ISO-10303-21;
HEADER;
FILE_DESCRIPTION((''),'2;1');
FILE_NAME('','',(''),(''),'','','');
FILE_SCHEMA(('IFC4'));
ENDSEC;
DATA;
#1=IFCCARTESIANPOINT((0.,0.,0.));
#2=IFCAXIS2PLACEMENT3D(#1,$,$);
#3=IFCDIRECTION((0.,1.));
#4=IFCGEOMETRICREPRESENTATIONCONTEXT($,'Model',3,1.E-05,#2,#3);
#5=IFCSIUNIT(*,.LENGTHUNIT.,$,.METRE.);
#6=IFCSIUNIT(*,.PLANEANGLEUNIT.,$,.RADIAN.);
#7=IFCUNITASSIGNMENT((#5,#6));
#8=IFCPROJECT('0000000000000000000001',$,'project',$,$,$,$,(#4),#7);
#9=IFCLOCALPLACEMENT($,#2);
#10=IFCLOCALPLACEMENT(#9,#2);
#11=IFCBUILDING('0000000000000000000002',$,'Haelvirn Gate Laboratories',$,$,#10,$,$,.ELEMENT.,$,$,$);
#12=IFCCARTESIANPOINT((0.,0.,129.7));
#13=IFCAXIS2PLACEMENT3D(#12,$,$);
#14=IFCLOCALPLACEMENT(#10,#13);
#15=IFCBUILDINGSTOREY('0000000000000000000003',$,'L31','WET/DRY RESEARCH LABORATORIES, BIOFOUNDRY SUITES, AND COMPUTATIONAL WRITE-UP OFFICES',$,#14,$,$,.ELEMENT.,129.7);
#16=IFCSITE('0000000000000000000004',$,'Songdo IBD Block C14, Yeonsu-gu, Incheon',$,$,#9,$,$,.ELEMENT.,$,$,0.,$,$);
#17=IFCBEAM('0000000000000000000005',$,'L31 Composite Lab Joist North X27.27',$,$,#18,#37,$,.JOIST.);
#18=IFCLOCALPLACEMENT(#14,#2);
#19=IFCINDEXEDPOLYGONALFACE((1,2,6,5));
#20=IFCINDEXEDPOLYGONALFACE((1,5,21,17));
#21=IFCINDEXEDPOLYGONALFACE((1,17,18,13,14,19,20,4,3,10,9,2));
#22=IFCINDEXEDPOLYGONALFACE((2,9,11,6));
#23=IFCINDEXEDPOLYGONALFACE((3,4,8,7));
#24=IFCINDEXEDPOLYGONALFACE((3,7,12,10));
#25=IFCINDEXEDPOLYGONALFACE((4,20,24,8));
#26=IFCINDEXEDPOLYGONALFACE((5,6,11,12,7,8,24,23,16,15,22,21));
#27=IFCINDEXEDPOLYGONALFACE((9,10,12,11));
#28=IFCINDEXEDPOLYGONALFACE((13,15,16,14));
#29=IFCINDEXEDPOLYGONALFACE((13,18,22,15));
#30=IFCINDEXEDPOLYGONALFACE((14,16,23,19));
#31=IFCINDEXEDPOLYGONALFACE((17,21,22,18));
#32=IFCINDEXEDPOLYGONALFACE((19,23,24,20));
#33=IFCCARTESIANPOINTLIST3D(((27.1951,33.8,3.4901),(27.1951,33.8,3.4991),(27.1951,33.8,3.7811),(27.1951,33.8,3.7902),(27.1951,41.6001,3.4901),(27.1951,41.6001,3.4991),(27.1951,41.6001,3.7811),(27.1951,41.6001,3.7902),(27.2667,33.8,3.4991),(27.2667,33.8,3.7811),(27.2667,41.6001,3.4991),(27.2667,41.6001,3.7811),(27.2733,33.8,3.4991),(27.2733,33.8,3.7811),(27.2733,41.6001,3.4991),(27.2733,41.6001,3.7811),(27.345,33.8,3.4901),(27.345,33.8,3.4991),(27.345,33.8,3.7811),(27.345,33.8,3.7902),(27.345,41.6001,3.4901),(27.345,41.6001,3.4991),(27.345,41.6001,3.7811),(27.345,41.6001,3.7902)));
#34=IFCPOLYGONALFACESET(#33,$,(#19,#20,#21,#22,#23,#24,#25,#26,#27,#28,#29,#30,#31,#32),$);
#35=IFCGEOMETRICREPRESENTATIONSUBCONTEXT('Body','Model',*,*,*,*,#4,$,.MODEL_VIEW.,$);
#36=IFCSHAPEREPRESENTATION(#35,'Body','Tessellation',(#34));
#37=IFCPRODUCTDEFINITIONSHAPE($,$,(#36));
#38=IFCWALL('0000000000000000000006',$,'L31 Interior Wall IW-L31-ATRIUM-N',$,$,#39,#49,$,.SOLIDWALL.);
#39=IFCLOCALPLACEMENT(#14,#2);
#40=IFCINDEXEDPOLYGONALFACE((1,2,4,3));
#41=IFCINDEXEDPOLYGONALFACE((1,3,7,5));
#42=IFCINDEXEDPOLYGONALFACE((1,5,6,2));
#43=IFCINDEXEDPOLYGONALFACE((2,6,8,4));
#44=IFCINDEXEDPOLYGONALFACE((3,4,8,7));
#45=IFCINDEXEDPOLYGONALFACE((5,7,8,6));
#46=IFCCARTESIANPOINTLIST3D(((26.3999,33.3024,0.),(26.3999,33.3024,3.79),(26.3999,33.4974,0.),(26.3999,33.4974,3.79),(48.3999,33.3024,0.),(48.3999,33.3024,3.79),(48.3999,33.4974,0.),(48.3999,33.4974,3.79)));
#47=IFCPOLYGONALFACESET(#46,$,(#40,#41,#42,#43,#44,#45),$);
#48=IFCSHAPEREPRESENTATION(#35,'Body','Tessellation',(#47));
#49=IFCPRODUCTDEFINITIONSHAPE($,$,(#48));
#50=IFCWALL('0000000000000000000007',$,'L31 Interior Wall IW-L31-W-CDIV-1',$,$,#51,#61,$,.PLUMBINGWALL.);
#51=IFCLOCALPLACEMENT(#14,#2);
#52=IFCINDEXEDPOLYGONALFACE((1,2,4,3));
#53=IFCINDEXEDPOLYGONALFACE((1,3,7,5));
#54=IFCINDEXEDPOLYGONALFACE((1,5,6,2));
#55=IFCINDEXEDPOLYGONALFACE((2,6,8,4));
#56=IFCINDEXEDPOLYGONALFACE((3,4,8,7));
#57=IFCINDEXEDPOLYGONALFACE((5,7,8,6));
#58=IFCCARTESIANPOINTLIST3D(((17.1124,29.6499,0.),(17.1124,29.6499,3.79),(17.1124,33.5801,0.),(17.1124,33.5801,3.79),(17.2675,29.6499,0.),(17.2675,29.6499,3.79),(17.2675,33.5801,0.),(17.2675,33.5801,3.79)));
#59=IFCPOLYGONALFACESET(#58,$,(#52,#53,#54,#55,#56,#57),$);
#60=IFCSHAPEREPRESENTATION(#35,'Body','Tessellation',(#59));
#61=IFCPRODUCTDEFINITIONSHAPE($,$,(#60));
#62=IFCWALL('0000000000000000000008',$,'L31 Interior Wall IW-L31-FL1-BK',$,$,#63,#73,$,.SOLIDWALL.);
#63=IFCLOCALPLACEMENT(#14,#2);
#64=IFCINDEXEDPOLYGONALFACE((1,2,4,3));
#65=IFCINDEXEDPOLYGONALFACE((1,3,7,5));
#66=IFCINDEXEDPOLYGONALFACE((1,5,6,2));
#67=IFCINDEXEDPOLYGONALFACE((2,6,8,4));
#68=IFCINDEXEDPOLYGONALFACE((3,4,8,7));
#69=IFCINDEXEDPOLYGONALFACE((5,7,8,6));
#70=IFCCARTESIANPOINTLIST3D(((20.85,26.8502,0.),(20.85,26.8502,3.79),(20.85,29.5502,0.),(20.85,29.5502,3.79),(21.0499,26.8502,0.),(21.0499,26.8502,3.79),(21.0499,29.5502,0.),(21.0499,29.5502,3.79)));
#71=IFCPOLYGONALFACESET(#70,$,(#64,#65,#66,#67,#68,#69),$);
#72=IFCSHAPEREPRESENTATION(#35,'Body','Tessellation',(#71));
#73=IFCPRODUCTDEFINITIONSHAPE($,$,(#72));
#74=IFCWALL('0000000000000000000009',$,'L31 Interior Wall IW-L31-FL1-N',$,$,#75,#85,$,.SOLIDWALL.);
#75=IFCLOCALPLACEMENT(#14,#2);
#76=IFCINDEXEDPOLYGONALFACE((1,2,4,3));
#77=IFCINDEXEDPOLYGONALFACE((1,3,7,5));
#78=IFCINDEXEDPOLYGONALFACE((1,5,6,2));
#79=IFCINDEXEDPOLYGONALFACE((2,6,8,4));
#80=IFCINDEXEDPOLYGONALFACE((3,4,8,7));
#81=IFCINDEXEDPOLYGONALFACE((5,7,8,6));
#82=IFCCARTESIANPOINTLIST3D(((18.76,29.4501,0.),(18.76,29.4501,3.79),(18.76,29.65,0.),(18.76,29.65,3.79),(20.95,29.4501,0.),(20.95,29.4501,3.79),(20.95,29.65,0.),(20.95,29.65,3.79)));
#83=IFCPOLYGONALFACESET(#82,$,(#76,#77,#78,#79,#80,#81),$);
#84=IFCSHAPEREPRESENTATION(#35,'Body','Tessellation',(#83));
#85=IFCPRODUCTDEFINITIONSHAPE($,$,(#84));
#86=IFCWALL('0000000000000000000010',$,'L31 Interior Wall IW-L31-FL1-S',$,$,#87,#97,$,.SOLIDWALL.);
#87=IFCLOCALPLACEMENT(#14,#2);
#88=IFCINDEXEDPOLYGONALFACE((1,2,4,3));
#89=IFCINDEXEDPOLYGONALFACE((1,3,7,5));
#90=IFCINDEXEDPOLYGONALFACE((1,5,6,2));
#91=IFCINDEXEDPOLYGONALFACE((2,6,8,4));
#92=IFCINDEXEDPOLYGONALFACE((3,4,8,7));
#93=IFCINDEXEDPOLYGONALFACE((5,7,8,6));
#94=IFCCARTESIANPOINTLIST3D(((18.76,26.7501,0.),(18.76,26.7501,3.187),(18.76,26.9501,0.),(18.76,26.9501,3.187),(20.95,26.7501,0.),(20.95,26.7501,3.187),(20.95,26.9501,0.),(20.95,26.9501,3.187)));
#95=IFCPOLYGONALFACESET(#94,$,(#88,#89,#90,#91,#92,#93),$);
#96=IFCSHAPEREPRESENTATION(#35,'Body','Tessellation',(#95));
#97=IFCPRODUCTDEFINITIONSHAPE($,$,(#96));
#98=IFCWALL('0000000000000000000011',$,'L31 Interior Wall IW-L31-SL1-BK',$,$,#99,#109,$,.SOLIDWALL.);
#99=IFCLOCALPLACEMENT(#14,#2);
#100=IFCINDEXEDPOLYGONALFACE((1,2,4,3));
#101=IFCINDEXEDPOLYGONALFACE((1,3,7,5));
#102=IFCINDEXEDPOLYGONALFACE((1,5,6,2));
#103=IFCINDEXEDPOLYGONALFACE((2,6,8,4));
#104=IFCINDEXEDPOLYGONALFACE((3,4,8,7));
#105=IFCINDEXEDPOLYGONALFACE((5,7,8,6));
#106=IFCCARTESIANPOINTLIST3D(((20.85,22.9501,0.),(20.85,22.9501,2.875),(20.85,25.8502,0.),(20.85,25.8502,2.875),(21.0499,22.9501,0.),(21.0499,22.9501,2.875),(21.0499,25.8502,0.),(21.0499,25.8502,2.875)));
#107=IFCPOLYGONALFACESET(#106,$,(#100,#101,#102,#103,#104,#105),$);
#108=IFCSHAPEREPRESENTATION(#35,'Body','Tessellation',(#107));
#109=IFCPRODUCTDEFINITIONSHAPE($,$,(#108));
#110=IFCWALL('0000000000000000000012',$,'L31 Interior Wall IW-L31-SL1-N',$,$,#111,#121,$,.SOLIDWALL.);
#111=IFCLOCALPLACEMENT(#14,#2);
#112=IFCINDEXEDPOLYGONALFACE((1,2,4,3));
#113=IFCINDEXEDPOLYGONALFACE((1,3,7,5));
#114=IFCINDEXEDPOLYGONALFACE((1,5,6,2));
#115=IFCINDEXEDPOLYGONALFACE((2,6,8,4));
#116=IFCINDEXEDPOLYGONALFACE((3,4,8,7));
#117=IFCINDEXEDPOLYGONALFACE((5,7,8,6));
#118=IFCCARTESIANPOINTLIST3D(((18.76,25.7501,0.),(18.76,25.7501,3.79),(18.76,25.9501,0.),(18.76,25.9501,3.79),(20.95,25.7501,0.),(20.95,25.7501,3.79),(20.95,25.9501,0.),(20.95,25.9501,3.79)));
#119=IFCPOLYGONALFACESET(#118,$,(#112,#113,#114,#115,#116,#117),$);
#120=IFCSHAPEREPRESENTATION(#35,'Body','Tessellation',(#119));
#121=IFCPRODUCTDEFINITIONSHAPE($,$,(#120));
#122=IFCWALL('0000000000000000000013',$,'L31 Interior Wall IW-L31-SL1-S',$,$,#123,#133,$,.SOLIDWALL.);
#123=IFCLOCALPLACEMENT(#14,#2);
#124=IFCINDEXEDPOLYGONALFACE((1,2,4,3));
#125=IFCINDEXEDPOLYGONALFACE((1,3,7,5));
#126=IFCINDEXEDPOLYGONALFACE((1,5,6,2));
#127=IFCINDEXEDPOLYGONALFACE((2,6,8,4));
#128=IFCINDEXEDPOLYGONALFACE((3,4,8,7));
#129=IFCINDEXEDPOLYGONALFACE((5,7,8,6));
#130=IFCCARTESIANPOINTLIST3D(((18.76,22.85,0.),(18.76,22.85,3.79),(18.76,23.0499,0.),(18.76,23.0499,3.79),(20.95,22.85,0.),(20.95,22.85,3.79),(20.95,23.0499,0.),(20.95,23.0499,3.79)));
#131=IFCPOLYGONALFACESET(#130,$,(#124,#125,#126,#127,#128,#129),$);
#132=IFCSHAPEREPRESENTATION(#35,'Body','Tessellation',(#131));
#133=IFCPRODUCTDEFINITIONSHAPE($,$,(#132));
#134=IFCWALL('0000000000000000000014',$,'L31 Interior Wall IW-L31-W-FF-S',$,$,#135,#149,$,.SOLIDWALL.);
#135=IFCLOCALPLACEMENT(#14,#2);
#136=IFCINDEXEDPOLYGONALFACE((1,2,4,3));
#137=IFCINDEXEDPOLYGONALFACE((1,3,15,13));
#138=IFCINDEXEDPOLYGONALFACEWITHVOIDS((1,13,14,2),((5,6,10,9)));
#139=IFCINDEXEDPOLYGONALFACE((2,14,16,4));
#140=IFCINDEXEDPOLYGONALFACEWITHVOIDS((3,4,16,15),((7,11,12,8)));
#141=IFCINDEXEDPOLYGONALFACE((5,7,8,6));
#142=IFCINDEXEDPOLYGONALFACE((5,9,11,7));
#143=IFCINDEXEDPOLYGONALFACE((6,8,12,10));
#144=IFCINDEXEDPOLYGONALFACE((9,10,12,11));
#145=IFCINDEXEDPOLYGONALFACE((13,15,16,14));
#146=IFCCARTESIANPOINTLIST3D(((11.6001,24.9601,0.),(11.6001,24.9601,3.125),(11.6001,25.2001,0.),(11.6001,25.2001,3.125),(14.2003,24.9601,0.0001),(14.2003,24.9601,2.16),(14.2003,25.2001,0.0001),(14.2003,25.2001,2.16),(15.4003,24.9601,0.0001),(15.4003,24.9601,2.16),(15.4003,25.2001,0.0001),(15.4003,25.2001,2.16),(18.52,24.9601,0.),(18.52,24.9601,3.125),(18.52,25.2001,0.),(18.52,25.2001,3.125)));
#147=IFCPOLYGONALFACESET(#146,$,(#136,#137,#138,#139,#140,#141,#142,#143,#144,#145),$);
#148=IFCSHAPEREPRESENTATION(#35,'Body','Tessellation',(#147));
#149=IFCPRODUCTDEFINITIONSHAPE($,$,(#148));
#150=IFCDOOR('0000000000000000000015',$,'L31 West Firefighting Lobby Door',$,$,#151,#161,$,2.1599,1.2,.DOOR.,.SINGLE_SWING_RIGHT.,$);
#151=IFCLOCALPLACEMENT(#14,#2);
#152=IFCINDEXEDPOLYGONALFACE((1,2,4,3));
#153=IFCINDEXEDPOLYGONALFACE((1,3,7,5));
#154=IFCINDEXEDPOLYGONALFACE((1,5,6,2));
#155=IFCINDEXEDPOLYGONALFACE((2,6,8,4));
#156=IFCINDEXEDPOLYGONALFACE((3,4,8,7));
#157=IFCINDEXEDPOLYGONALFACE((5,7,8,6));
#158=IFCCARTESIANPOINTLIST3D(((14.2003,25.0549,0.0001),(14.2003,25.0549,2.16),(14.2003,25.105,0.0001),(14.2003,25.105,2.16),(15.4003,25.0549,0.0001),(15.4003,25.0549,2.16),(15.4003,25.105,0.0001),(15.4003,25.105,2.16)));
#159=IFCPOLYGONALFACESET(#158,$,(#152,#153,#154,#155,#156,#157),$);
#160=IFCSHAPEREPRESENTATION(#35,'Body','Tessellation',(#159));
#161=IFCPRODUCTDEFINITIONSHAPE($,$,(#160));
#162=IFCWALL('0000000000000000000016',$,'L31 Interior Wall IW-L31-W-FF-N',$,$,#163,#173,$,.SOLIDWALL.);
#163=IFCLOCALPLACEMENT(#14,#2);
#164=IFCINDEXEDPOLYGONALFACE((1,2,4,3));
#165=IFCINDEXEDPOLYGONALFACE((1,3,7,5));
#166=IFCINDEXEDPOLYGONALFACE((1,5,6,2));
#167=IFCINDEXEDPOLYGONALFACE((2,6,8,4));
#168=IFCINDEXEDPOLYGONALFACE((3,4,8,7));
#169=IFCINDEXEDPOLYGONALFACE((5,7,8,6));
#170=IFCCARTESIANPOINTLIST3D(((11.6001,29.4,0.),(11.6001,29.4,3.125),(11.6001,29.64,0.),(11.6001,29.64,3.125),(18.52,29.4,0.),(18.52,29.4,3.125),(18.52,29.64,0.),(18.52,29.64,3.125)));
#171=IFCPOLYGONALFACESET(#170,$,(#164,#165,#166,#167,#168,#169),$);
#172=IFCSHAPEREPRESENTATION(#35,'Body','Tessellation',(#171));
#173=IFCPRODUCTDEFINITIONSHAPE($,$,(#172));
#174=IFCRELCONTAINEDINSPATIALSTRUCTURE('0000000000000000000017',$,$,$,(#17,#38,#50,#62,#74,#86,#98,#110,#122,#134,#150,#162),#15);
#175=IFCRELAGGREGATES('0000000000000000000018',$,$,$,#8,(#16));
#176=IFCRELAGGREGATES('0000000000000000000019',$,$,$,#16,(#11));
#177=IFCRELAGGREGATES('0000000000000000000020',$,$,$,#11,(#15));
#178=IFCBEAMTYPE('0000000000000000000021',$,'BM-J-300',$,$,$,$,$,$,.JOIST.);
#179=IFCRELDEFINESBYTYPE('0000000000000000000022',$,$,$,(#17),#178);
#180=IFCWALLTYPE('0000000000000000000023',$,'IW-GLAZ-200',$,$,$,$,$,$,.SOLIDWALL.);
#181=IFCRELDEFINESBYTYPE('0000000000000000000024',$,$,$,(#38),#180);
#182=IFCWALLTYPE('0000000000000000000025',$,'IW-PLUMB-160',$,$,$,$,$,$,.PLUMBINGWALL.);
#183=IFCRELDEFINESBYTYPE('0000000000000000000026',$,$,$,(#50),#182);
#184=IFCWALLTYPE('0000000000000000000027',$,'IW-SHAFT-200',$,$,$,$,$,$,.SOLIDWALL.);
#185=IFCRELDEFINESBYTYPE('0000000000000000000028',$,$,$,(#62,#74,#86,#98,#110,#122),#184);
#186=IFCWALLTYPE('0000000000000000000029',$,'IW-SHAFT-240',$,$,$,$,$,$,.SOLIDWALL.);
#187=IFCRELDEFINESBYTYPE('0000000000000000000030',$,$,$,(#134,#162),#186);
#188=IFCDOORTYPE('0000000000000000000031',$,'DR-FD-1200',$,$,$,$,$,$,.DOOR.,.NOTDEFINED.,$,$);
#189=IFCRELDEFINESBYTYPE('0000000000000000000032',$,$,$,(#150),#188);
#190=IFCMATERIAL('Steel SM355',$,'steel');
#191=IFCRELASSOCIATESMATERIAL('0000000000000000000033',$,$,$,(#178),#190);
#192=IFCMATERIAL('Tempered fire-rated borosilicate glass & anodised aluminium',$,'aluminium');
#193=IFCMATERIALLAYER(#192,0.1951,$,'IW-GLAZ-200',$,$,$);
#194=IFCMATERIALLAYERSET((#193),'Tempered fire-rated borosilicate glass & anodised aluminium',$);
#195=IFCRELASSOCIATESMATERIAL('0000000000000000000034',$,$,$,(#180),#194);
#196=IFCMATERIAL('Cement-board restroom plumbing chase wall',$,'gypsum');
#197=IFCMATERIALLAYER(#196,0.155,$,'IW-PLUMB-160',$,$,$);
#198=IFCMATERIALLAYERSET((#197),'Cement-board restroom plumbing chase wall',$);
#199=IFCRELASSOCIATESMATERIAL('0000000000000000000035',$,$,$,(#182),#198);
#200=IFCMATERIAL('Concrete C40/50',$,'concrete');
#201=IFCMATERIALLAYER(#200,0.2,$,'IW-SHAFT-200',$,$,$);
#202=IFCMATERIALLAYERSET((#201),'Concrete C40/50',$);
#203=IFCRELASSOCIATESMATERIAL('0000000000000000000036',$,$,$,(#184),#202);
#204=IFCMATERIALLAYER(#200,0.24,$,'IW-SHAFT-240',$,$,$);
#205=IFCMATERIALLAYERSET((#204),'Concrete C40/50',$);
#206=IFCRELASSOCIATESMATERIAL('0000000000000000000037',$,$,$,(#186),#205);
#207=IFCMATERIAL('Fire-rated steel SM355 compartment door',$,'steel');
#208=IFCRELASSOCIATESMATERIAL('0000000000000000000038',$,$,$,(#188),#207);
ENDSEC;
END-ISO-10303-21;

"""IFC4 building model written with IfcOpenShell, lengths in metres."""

from ifc_helpers import new_model, si_unit, direction, frame, frame_2d, origin, origin_2d, place, context, subcontext, project, spatial, rectangle, i_section, extrude, source, transform, mapped, material, layer, layer_set, material_profile, profile_set, type_object, type_shapes, element, fill, save


model = new_model("IFC4")

# Units and contexts
model_context = context("Model", 3, precision=1e-05, world=origin(), true_north=direction((0.0, 1.0)))
body_context = subcontext(model_context, "Body", "Model", "MODEL_VIEW")
ifc_project = project(units=[si_unit("LENGTHUNIT", "METRE"), si_unit("PLANEANGLEUNIT", "RADIAN")], contexts=[model_context])

# Site, building, storey
site_placement = place(None, origin())
site = spatial("IfcSite", under=ifc_project, at=site_placement, Name="Songdo IBD Block C14, Yeonsu-gu, Incheon", CompositionType="ELEMENT", RefElevation=0.0)
building_placement = place(site_placement, origin())
building = spatial("IfcBuilding", under=site, at=building_placement, Name="Haelvirn Gate Laboratories", CompositionType="ELEMENT")
storey_placement = place(building_placement, frame((0.0, 0.0, 129.7)))
storey = spatial("IfcBuildingStorey", under=building, at=storey_placement, Name="L31", Description="WET/DRY RESEARCH LABORATORIES, BIOFOUNDRY SUITES, AND COMPUTATIONAL WRITE-UP OFFICES", CompositionType="ELEMENT", Elevation=129.7)

# Shared definitions
ifc_material_1 = material(Name="Steel SM355", Category="steel")

# Beam
ifc_material_profile_1 = material_profile(ifc_material_1, i_section(OverallWidth=0.1499, OverallDepth=0.3, WebThickness=0.0066, FlangeThickness=0.009, at=origin_2d()), Name="H-300x150x6.5x9")
ifc_profile_set_1 = profile_set([ifc_material_profile_1], Name="Steel SM355")
beam_type_1 = type_object("IfcBeamType", Name="BM-J-300", PredefinedType="JOIST", material=ifc_profile_set_1)
shared_shape_1 = source(origin(), body_context, "Body", "SweptSolid", [
    extrude(i_section(OverallWidth=0.1499, OverallDepth=0.3, WebThickness=0.0066, FlangeThickness=0.009, at=origin_2d()), origin(), (0.0, 0.0, 1.0), 7.8),
])
type_shapes(beam_type_1, [shared_shape_1])
for number, where, z_axis, x_axis, name in (
    (1, (27.27, 33.8, 3.6401), (0.0, 1.0, 0.0), (-1.0, 0.0, 0.0), "L31 Composite Lab Joist North X27.27"),
):
    element("IfcBeam", number, at=place(storey_placement, frame(where, z_axis=z_axis, x_axis=x_axis)), inside=storey, type_object=beam_type_1, Name=name, PredefinedType="JOIST", context=body_context, shape_type="MappedRepresentation", body=[
        mapped(shared_shape_1, transform((0.0, 0.0, 0.0), scale=1.0)),
    ])

# Walls
ifc_material_2 = material(Name="Tempered fire-rated borosilicate glass & anodised aluminium", Category="aluminium")
ifc_layer_1 = layer(ifc_material_2, 0.1951, Name="IW-GLAZ-200")
ifc_layer_set_1 = layer_set([ifc_layer_1], Name="Tempered fire-rated borosilicate glass & anodised aluminium")
wall_type_1 = type_object("IfcWallType", Name="IW-GLAZ-200", PredefinedType="SOLIDWALL", material=ifc_layer_set_1)
wall_1_placement = place(storey_placement, frame((26.3999, 33.3999, 0.0), z_axis=(0.0, 0.0, 1.0), x_axis=(1.0, 0.0, 0.0)))
element("IfcWall", 2, at=wall_1_placement, inside=storey, type_object=wall_type_1, Name="L31 Interior Wall IW-L31-ATRIUM-N", PredefinedType="SOLIDWALL", context=body_context, shape_type="SweptSolid", body=[
    extrude(rectangle(XDim=22.0, YDim=0.1951, at=frame_2d((11.0, 0.0))), origin(), (0.0, 0.0, 1.0), 3.79),
])
ifc_material_3 = material(Name="Cement-board restroom plumbing chase wall", Category="gypsum")
ifc_layer_2 = layer(ifc_material_3, 0.155, Name="IW-PLUMB-160")
ifc_layer_set_2 = layer_set([ifc_layer_2], Name="Cement-board restroom plumbing chase wall")
wall_type_2 = type_object("IfcWallType", Name="IW-PLUMB-160", PredefinedType="PLUMBINGWALL", material=ifc_layer_set_2)
wall_2_placement = place(storey_placement, frame((17.1899, 29.6499, 0.0), z_axis=(0.0, 0.0, 1.0), x_axis=(0.0, 1.0, 0.0)))
element("IfcWall", 3, at=wall_2_placement, inside=storey, type_object=wall_type_2, Name="L31 Interior Wall IW-L31-W-CDIV-1", PredefinedType="PLUMBINGWALL", context=body_context, shape_type="SweptSolid", body=[
    extrude(rectangle(XDim=3.9302, YDim=0.155, at=frame_2d((1.9651, 0.0))), origin(), (0.0, 0.0, 1.0), 3.79),
])
ifc_material_4 = material(Name="Concrete C40/50", Category="concrete")
ifc_layer_3 = layer(ifc_material_4, 0.2, Name="IW-SHAFT-200")
ifc_layer_set_3 = layer_set([ifc_layer_3], Name="Concrete C40/50")
wall_type_3 = type_object("IfcWallType", Name="IW-SHAFT-200", PredefinedType="SOLIDWALL", material=ifc_layer_set_3)
wall_3_placement = place(storey_placement, frame((20.95, 26.8501, 0.0), z_axis=(0.0, 0.0, 1.0), x_axis=(0.0, 1.0, 0.0)))
element("IfcWall", 4, at=wall_3_placement, inside=storey, type_object=wall_type_3, Name="L31 Interior Wall IW-L31-FL1-BK", PredefinedType="SOLIDWALL", context=body_context, shape_type="SweptSolid", body=[
    extrude(rectangle(XDim=2.7, YDim=0.2, at=frame_2d((1.3501, 0.0))), origin(), (0.0, 0.0, 1.0), 3.79),
])
wall_4_placement = place(storey_placement, frame((18.76, 29.55, 0.0), z_axis=(0.0, 0.0, 1.0), x_axis=(1.0, 0.0, 0.0)))
element("IfcWall", 5, at=wall_4_placement, inside=storey, type_object=wall_type_3, Name="L31 Interior Wall IW-L31-FL1-N", PredefinedType="SOLIDWALL", context=body_context, shape_type="SweptSolid", body=[
    extrude(rectangle(XDim=2.1899, YDim=0.2, at=frame_2d((1.095, 0.0))), origin(), (0.0, 0.0, 1.0), 3.79),
])
wall_5_placement = place(storey_placement, frame((18.76, 26.8501, 0.0), z_axis=(0.0, 0.0, 1.0), x_axis=(1.0, 0.0, 0.0)))
element("IfcWall", 6, at=wall_5_placement, inside=storey, type_object=wall_type_3, Name="L31 Interior Wall IW-L31-FL1-S", PredefinedType="SOLIDWALL", context=body_context, shape_type="SweptSolid", body=[
    extrude(rectangle(XDim=2.1899, YDim=0.2, at=frame_2d((1.095, 0.0))), origin(), (0.0, 0.0, 1.0), 3.187),
])
wall_6_placement = place(storey_placement, frame((20.95, 22.95, 0.0), z_axis=(0.0, 0.0, 1.0), x_axis=(0.0, 1.0, 0.0)))
element("IfcWall", 7, at=wall_6_placement, inside=storey, type_object=wall_type_3, Name="L31 Interior Wall IW-L31-SL1-BK", PredefinedType="SOLIDWALL", context=body_context, shape_type="SweptSolid", body=[
    extrude(rectangle(XDim=2.9001, YDim=0.2, at=frame_2d((1.4502, 0.0))), origin(), (0.0, 0.0, 1.0), 2.875),
])
for number, where, z_axis, x_axis, name in (
    (8, (18.76, 25.8501, 0.0), (0.0, 0.0, 1.0), (1.0, 0.0, 0.0), "L31 Interior Wall IW-L31-SL1-N"),
    (9, (18.76, 22.95, 0.0), (0.0, 0.0, 1.0), (1.0, 0.0, 0.0), "L31 Interior Wall IW-L31-SL1-S"),
):
    element("IfcWall", number, at=place(storey_placement, frame(where, z_axis=z_axis, x_axis=x_axis)), inside=storey, type_object=wall_type_3, Name=name, PredefinedType="SOLIDWALL", context=body_context, shape_type="SweptSolid", body=[
        extrude(rectangle(XDim=2.1899, YDim=0.2, at=frame_2d((1.095, 0.0))), origin(), (0.0, 0.0, 1.0), 3.79),
    ])

# Wall, opening, door
ifc_layer_4 = layer(ifc_material_4, 0.24, Name="IW-SHAFT-240")
ifc_layer_set_4 = layer_set([ifc_layer_4], Name="Concrete C40/50")
wall_type_4 = type_object("IfcWallType", Name="IW-SHAFT-240", PredefinedType="SOLIDWALL", material=ifc_layer_set_4)
wall_7_placement = place(storey_placement, frame((11.6001, 25.0801, 0.0), z_axis=(0.0, 0.0, 1.0), x_axis=(1.0, 0.0, 0.0)))
wall_7 = element("IfcWall", 10, at=wall_7_placement, inside=storey, type_object=wall_type_4, Name="L31 Interior Wall IW-L31-W-FF-S", PredefinedType="SOLIDWALL", context=body_context, shape_type="SweptSolid", body=[
    extrude(rectangle(XDim=6.9199, YDim=0.24, at=frame_2d((3.46, 0.0))), origin(), (0.0, 0.0, 1.0), 3.125),
])
opening_1_placement = place(wall_7_placement, frame((2.6001, 0.0, 0.0)))
opening_1 = element("IfcOpeningElement", 11, at=opening_1_placement, cuts=wall_7, PredefinedType="OPENING", context=body_context, shape_type="SweptSolid", body=[
    extrude(rectangle(XDim=1.2, YDim=2.1599, at=frame_2d((0.6001, 1.0801))), frame((0.0, 0.1299, 0.0), z_axis=(0.0, -1.0, 0.0), x_axis=(1.0, 0.0, 0.0)), (0.0, 0.0, 1.0), 0.26),
])
ifc_material_5 = material(Name="Fire-rated steel SM355 compartment door", Category="steel")
door_type_1 = type_object("IfcDoorType", Name="DR-FD-1200", OperationType="NOTDEFINED", PredefinedType="DOOR", material=ifc_material_5)
shared_shape_2 = source(origin(), body_context, "Body", "SweptSolid", [
    extrude(rectangle(XDim=1.2, YDim=2.1599, at=frame_2d((0.6001, 1.0801))), frame((0.0, 0.0249, 0.0), z_axis=(0.0, -1.0, 0.0), x_axis=(1.0, 0.0, 0.0)), (0.0, 0.0, 1.0), 0.05),
])
type_shapes(door_type_1, [shared_shape_2])
door_1_placement = place(opening_1_placement, origin())
door_1 = element("IfcDoor", 12, at=door_1_placement, inside=storey, type_object=door_type_1, Name="L31 West Firefighting Lobby Door", OperationType="SINGLE_SWING_RIGHT", OverallHeight=2.1599, OverallWidth=1.2, PredefinedType="DOOR", context=body_context, shape_type="MappedRepresentation", body=[
    mapped(shared_shape_2, transform((0.0, 0.0, 0.0), scale=1.0)),
])
fill(opening_1, door_1)

# Wall
wall_8_placement = place(storey_placement, frame((11.6001, 29.52, 0.0), z_axis=(0.0, 0.0, 1.0), x_axis=(1.0, 0.0, 0.0)))
element("IfcWall", 13, at=wall_8_placement, inside=storey, type_object=wall_type_4, Name="L31 Interior Wall IW-L31-W-FF-N", PredefinedType="SOLIDWALL", context=body_context, shape_type="SweptSolid", body=[
    extrude(rectangle(XDim=6.9199, YDim=0.24, at=frame_2d((3.46, 0.0))), origin(), (0.0, 0.0, 1.0), 3.125),
])

save(model, "model.ifc")
